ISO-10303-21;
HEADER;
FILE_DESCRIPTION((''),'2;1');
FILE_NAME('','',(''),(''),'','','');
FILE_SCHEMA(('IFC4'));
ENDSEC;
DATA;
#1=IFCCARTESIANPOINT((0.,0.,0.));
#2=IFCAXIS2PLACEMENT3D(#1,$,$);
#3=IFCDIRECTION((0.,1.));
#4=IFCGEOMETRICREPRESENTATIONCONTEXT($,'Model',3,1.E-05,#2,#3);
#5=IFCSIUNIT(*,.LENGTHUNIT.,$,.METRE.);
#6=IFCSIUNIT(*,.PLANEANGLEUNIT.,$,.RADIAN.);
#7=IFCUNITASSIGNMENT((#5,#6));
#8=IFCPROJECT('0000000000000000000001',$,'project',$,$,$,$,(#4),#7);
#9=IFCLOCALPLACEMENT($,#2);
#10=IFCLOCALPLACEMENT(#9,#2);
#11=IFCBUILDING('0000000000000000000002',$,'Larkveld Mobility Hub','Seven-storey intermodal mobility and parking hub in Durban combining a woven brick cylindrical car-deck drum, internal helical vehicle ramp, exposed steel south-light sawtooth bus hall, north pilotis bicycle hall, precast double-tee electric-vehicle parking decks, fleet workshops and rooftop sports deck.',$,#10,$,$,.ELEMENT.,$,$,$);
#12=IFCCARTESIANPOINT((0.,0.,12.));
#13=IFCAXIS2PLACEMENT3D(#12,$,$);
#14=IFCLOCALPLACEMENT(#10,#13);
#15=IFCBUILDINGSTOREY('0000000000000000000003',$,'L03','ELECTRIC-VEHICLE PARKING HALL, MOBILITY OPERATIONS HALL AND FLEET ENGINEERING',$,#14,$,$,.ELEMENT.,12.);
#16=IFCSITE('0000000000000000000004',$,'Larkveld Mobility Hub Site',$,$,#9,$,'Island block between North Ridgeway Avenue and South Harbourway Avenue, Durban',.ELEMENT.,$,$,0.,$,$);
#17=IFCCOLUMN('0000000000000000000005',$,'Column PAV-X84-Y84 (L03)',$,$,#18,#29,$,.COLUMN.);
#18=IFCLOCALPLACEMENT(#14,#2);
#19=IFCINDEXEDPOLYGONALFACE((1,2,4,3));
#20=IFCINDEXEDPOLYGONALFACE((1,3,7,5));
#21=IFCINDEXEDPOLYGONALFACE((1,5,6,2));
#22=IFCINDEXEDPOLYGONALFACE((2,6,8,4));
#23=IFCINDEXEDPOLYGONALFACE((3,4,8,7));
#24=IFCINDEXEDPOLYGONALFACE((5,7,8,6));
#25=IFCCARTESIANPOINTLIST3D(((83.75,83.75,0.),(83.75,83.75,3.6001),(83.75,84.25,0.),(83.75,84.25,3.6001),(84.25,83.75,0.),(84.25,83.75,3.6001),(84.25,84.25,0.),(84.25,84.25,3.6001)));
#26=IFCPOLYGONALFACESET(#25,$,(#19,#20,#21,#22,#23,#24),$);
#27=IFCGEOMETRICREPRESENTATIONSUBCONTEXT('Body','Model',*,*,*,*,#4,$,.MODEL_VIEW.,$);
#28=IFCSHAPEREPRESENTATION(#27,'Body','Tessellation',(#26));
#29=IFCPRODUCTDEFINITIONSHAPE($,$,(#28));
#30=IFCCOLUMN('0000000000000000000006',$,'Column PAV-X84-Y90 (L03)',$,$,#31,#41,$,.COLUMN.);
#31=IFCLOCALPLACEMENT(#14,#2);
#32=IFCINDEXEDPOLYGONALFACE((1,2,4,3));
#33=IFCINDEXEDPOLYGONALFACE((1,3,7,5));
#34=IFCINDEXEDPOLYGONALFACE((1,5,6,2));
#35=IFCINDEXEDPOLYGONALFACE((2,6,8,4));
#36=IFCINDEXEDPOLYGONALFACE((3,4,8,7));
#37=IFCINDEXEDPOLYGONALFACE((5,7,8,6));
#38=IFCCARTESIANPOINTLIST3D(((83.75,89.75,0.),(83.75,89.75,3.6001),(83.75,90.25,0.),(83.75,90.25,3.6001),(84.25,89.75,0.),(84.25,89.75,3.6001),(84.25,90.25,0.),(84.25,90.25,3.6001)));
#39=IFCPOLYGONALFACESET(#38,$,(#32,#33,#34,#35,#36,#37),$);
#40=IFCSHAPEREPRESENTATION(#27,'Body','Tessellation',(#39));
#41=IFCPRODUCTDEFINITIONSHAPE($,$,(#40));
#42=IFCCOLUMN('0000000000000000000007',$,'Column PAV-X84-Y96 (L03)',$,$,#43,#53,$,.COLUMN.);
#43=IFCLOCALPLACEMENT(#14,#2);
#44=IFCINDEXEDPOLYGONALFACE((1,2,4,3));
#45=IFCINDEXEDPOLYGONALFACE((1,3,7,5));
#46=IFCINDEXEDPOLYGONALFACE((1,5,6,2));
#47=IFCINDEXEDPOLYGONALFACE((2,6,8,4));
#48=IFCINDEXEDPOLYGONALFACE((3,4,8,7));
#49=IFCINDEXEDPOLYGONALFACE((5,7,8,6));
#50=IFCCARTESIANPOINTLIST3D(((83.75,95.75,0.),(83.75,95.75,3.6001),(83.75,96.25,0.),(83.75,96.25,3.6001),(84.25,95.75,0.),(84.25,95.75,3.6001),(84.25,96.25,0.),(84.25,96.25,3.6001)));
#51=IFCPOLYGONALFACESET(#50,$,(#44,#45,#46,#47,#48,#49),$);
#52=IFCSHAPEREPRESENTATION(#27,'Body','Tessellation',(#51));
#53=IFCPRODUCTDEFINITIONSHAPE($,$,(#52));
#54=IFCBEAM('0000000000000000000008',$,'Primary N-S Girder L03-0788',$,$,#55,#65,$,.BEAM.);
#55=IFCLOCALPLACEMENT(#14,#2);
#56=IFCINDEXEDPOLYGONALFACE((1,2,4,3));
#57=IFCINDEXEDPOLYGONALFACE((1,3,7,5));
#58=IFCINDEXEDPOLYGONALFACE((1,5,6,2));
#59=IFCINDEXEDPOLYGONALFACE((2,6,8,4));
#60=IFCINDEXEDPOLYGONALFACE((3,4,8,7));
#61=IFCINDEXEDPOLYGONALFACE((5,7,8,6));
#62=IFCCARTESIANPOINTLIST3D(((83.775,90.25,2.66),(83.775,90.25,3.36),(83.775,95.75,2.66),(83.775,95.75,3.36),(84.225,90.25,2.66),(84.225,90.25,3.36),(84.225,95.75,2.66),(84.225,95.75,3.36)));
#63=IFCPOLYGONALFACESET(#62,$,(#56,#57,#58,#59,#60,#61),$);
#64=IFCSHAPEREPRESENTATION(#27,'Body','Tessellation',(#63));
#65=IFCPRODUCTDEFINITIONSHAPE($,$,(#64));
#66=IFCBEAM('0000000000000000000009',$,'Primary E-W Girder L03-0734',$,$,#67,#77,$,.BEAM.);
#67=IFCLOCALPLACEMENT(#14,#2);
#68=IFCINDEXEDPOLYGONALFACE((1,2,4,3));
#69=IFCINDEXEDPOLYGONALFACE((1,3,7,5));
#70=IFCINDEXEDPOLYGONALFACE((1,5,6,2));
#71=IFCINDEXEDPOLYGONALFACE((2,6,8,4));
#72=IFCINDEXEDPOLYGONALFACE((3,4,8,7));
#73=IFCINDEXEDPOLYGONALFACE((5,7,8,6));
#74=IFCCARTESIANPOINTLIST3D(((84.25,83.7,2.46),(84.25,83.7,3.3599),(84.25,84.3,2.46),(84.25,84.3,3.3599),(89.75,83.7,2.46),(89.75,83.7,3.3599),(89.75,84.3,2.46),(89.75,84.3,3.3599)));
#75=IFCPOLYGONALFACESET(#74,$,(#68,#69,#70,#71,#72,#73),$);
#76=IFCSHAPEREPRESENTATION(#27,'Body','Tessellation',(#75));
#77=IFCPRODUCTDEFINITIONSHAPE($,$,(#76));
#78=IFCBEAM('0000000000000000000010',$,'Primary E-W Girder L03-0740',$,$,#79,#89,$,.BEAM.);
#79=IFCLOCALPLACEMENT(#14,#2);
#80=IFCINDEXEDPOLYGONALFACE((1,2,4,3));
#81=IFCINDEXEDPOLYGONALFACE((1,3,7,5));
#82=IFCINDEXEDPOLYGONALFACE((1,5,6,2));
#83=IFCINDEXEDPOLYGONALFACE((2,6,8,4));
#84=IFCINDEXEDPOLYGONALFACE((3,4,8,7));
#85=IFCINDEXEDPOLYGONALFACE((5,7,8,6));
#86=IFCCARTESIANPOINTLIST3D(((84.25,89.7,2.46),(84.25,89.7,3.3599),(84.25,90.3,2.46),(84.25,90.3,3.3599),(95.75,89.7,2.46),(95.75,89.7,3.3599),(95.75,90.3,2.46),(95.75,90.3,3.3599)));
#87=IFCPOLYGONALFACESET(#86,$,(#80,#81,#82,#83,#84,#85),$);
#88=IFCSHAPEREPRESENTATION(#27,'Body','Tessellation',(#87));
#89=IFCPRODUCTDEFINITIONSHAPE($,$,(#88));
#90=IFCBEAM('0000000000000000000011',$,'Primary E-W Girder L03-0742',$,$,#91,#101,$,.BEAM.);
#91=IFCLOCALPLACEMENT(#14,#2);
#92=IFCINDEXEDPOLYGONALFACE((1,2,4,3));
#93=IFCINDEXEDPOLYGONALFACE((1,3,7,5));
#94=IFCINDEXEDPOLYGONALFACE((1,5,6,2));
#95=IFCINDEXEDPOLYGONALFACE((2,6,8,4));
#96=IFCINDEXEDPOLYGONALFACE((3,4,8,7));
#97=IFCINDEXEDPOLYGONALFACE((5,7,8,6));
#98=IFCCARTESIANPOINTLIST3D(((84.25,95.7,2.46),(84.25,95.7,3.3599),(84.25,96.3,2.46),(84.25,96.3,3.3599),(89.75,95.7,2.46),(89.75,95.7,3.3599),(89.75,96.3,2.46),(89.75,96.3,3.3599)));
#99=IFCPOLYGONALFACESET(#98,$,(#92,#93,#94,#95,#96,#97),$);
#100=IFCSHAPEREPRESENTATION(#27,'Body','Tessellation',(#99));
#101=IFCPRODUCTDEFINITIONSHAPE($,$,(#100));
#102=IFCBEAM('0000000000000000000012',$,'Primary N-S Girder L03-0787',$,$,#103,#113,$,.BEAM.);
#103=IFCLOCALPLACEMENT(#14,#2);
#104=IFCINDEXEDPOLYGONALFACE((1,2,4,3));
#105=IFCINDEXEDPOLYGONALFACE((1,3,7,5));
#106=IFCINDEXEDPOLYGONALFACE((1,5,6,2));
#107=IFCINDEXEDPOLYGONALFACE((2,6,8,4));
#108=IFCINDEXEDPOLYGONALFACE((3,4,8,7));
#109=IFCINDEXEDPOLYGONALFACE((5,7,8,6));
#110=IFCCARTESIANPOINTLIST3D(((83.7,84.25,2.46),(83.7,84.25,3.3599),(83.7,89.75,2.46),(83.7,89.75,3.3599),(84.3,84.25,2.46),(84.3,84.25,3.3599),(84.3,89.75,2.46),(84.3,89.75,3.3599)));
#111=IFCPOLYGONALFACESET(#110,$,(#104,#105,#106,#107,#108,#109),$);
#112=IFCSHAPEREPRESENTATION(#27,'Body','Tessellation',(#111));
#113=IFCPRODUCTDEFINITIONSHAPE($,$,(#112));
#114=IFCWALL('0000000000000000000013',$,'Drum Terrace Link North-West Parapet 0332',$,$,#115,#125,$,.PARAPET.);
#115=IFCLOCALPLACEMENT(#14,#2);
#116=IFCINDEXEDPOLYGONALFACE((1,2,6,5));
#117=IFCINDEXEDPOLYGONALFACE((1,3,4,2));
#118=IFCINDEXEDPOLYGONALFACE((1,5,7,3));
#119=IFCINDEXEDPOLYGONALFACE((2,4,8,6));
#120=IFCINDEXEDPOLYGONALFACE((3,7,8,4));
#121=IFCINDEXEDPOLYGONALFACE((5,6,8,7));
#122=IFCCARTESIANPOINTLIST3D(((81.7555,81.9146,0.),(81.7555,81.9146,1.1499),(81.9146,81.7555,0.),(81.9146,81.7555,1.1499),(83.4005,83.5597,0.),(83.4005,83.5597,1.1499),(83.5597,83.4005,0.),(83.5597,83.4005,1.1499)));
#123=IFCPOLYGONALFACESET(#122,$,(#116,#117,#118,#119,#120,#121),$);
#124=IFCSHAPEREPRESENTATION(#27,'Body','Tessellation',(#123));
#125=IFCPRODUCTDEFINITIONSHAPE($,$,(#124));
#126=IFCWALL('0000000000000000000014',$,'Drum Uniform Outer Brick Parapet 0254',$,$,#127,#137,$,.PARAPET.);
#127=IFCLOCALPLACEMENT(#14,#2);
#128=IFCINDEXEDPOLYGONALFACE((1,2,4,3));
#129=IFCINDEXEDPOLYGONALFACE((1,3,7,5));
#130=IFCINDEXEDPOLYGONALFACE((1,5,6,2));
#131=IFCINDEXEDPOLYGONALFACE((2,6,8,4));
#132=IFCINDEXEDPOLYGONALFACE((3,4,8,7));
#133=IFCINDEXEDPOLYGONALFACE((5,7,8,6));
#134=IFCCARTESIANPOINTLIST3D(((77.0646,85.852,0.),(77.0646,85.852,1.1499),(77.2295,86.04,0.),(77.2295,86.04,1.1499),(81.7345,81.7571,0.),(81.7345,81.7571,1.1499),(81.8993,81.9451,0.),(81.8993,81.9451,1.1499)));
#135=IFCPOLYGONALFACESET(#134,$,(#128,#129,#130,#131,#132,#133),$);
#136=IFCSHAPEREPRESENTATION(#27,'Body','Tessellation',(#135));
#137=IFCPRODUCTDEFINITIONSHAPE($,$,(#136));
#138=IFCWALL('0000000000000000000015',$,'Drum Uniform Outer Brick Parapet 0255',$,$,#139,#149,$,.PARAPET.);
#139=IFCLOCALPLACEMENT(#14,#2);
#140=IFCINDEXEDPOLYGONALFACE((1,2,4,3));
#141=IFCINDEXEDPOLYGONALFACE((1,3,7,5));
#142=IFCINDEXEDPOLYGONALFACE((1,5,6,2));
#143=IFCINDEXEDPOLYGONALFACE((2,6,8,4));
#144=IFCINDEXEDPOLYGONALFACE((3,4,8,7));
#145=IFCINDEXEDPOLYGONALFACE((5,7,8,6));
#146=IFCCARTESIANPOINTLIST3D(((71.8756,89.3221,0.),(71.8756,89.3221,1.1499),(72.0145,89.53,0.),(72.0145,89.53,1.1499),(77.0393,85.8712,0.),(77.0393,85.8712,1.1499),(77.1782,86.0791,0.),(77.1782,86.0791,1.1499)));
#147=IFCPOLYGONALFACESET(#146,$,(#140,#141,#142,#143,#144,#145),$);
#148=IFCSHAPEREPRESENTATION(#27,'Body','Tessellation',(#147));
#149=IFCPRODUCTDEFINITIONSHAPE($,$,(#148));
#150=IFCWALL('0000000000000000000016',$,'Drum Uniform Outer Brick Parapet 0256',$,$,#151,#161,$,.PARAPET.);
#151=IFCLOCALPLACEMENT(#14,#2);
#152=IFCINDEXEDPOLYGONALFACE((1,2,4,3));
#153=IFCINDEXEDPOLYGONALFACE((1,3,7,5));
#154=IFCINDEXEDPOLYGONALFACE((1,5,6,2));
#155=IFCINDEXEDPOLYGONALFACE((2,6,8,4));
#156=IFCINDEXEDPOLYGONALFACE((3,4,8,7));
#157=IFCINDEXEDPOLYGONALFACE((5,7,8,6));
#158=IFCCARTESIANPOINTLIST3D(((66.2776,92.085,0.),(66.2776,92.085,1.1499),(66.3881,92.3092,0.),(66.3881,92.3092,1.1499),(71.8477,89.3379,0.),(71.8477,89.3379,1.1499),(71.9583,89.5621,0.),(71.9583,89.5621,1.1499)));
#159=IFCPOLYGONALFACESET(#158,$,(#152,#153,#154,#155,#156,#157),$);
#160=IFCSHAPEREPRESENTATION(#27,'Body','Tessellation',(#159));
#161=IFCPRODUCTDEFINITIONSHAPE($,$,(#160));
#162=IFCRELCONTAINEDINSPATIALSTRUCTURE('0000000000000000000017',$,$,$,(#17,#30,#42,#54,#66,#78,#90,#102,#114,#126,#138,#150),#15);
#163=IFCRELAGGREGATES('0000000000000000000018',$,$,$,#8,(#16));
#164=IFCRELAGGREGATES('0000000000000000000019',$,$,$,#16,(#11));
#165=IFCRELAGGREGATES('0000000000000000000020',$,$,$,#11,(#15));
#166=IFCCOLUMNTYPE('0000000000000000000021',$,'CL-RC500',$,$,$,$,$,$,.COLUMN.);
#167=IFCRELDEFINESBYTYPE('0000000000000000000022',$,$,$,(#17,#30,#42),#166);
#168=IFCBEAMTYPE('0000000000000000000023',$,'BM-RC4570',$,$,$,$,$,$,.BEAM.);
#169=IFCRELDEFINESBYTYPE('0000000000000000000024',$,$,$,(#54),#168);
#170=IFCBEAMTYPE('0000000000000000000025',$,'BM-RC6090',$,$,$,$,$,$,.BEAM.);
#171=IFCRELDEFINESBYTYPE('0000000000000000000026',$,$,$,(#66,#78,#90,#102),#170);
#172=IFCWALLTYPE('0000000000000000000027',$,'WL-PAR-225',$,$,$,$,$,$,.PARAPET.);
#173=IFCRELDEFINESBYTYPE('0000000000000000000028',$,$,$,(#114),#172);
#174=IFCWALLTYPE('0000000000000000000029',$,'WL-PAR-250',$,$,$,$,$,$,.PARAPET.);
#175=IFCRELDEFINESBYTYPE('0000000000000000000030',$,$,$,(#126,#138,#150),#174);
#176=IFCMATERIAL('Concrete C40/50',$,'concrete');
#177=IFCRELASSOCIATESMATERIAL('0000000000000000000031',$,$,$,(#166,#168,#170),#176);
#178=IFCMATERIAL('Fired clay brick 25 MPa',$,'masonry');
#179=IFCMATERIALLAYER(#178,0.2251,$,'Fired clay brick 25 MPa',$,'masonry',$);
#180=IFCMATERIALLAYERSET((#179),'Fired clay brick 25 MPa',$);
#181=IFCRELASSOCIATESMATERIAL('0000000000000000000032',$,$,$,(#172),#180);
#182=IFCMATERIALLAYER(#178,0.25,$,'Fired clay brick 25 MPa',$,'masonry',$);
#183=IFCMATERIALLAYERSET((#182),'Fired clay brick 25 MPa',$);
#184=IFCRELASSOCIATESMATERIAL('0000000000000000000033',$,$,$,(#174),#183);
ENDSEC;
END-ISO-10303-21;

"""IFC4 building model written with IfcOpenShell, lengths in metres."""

from ifc_helpers import new_model, si_unit, direction, frame, frame_2d, origin, origin_2d, place, context, subcontext, project, spatial, rectangle, extrude, material, layer, layer_set, material_profile, profile_set, type_object, element, save


model = new_model("IFC4")

# Units and contexts
model_context = context("Model", 3, precision=1e-05, world=origin(), true_north=direction((0.0, 1.0)))
body_context = subcontext(model_context, "Body", "Model", "MODEL_VIEW")
ifc_project = project(units=[si_unit("LENGTHUNIT", "METRE"), si_unit("PLANEANGLEUNIT", "RADIAN")], contexts=[model_context])

# Site, building, storey
site_placement = place(None, origin())
site = spatial("IfcSite", under=ifc_project, at=site_placement, Name="Larkveld Mobility Hub Site", LongName="Island block between North Ridgeway Avenue and South Harbourway Avenue, Durban", CompositionType="ELEMENT", RefElevation=0.0)
building_placement = place(site_placement, origin())
building = spatial("IfcBuilding", under=site, at=building_placement, Name="Larkveld Mobility Hub", Description="Seven-storey intermodal mobility and parking hub in Durban combining a woven brick cylindrical car-deck drum, internal helical vehicle ramp, exposed steel south-light sawtooth bus hall, north pilotis bicycle hall, precast double-tee electric-vehicle parking decks, fleet workshops and rooftop sports deck.", CompositionType="ELEMENT")
storey_placement = place(building_placement, frame((0.0, 0.0, 12.0)))
storey = spatial("IfcBuildingStorey", under=building, at=storey_placement, Name="L03", Description="ELECTRIC-VEHICLE PARKING HALL, MOBILITY OPERATIONS HALL AND FLEET ENGINEERING", CompositionType="ELEMENT", Elevation=12.0)

# Columns
ifc_material_1 = material(Name="Concrete C40/50", Category="concrete")
ifc_material_profile_1 = material_profile(ifc_material_1, rectangle(XDim=0.5, YDim=0.5, at=origin_2d()), Name="RC COL 500x500")
ifc_profile_set_1 = profile_set([ifc_material_profile_1], Name="Concrete C40/50")
column_type = type_object("IfcColumnType", Name="CL-RC500", PredefinedType="COLUMN", material=ifc_profile_set_1)
for number, where, z_axis, x_axis, name in (
    (1, (84.0, 84.0, 0.0), (0.0, 0.0, 1.0), (1.0, 0.0, 0.0), "Column PAV-X84-Y84 (L03)"),
    (2, (84.0, 90.0, 0.0), (0.0, 0.0, 1.0), (1.0, 0.0, 0.0), "Column PAV-X84-Y90 (L03)"),
    (3, (84.0, 96.0, 0.0), (0.0, 0.0, 1.0), (1.0, 0.0, 0.0), "Column PAV-X84-Y96 (L03)"),
):
    element("IfcColumn", number, at=place(storey_placement, frame(where, z_axis=z_axis, x_axis=x_axis)), inside=storey, type_object=column_type, Name=name, PredefinedType="COLUMN", context=body_context, shape_type="SweptSolid", body=[
        extrude(rectangle(XDim=0.5, YDim=0.5, at=origin_2d()), origin(), (0.0, 0.0, 1.0), 3.6001),
    ])

# Beams
ifc_material_profile_2 = material_profile(ifc_material_1, rectangle(XDim=0.45, YDim=0.7, at=origin_2d()), Name="RC BM 450x700")
ifc_profile_set_2 = profile_set([ifc_material_profile_2], Name="Concrete C40/50")
beam_type_1 = type_object("IfcBeamType", Name="BM-RC4570", PredefinedType="BEAM", material=ifc_profile_set_2)
beam_1_placement = place(storey_placement, frame((84.0, 90.25, 3.01), z_axis=(0.0, 1.0, 0.0), x_axis=(-1.0, 0.0, 0.0)))
element("IfcBeam", 4, at=beam_1_placement, inside=storey, type_object=beam_type_1, Name="Primary N-S Girder L03-0788", PredefinedType="BEAM", context=body_context, shape_type="SweptSolid", body=[
    extrude(rectangle(XDim=0.45, YDim=0.7, at=origin_2d()), origin(), (0.0, 0.0, 1.0), 5.5),
])
ifc_material_profile_3 = material_profile(ifc_material_1, rectangle(XDim=0.6001, YDim=0.8999, at=origin_2d()), Name="RC BM 600x900")
ifc_profile_set_3 = profile_set([ifc_material_profile_3], Name="Concrete C40/50")
beam_type_2 = type_object("IfcBeamType", Name="BM-RC6090", PredefinedType="BEAM", material=ifc_profile_set_3)
beam_2_placement = place(storey_placement, frame((84.25, 84.0, 2.9099), z_axis=(1.0, 0.0, 0.0), x_axis=(0.0, 1.0, 0.0)))
element("IfcBeam", 5, at=beam_2_placement, inside=storey, type_object=beam_type_2, Name="Primary E-W Girder L03-0734", PredefinedType="BEAM", context=body_context, shape_type="SweptSolid", body=[
    extrude(rectangle(XDim=0.6001, YDim=0.8999, at=origin_2d()), origin(), (0.0, 0.0, 1.0), 5.5),
])
beam_3_placement = place(storey_placement, frame((84.25, 90.0, 2.9099), z_axis=(1.0, 0.0, 0.0), x_axis=(0.0, 1.0, 0.0)))
element("IfcBeam", 6, at=beam_3_placement, inside=storey, type_object=beam_type_2, Name="Primary E-W Girder L03-0740", PredefinedType="BEAM", context=body_context, shape_type="SweptSolid", body=[
    extrude(rectangle(XDim=0.6001, YDim=0.8999, at=origin_2d()), origin(), (0.0, 0.0, 1.0), 11.5),
])
for number, where, z_axis, x_axis, name in (
    (7, (84.25, 96.0, 2.9099), (1.0, 0.0, 0.0), (0.0, 1.0, 0.0), "Primary E-W Girder L03-0742"),
    (8, (84.0, 84.25, 2.9099), (0.0, 1.0, 0.0), (-1.0, 0.0, 0.0), "Primary N-S Girder L03-0787"),
):
    element("IfcBeam", number, at=place(storey_placement, frame(where, z_axis=z_axis, x_axis=x_axis)), inside=storey, type_object=beam_type_2, Name=name, PredefinedType="BEAM", context=body_context, shape_type="SweptSolid", body=[
        extrude(rectangle(XDim=0.6001, YDim=0.8999, at=origin_2d()), origin(), (0.0, 0.0, 1.0), 5.5),
    ])

# Shared definitions
ifc_material_2 = material(Name="Fired clay brick 25 MPa", Category="masonry")

# Walls
ifc_layer_1 = layer(ifc_material_2, 0.2251, Name="Fired clay brick 25 MPa", Category="masonry")
ifc_layer_set_1 = layer_set([ifc_layer_1], Name="Fired clay brick 25 MPa")
wall_type_1 = type_object("IfcWallType", Name="WL-PAR-225", PredefinedType="PARAPET", material=ifc_layer_set_1)
wall_1_placement = place(storey_placement, frame((83.48, 83.48, 0.0), z_axis=(0.0, 0.0, 1.0), x_axis=(-0.707107, -0.707107, 0.0)))
element("IfcWall", 9, at=wall_1_placement, inside=storey, type_object=wall_type_1, Name="Drum Terrace Link North-West Parapet 0332", PredefinedType="PARAPET", context=body_context, shape_type="SweptSolid", body=[
    extrude(rectangle(XDim=2.3264, YDim=0.2251, at=frame_2d((1.1631, 0.0))), origin(), (0.0, 0.0, 1.0), 1.1499),
])
ifc_layer_2 = layer(ifc_material_2, 0.25, Name="Fired clay brick 25 MPa", Category="masonry")
ifc_layer_set_2 = layer_set([ifc_layer_2], Name="Fired clay brick 25 MPa")
wall_type_2 = type_object("IfcWallType", Name="WL-PAR-250", PredefinedType="PARAPET", material=ifc_layer_set_2)
wall_2_placement = place(storey_placement, frame((81.8169, 81.8511, 0.0), z_axis=(0.0, 0.0, 1.0), x_axis=(-0.751875, 0.659306, 0.0)))
element("IfcWall", 10, at=wall_2_placement, inside=storey, type_object=wall_type_2, Name="Drum Uniform Outer Brick Parapet 0254", PredefinedType="PARAPET", context=body_context, shape_type="SweptSolid", body=[
    extrude(rectangle(XDim=6.2109, YDim=0.25, at=frame_2d((3.1055, 0.0))), origin(), (0.0, 0.0, 1.0), 1.1499),
])
for number, where, z_axis, x_axis, name in (
    (11, (77.1089, 85.9751, 0.0), (0.0, 0.0, 1.0), (-0.831427, 0.555634, 0.0), "Drum Uniform Outer Brick Parapet 0255"),
    (12, (71.9031, 89.45, 0.0), (0.0, 0.0, 1.0), (-0.896859, 0.442317, 0.0), "Drum Uniform Outer Brick Parapet 0256"),
):
    element("IfcWall", number, at=place(storey_placement, frame(where, z_axis=z_axis, x_axis=x_axis)), inside=storey, type_object=wall_type_2, Name=name, PredefinedType="PARAPET", context=body_context, shape_type="SweptSolid", body=[
        extrude(rectangle(XDim=6.2107, YDim=0.25, at=frame_2d((3.1055, 0.0))), origin(), (0.0, 0.0, 1.0), 1.1499),
    ])

save(model, "model.ifc")
